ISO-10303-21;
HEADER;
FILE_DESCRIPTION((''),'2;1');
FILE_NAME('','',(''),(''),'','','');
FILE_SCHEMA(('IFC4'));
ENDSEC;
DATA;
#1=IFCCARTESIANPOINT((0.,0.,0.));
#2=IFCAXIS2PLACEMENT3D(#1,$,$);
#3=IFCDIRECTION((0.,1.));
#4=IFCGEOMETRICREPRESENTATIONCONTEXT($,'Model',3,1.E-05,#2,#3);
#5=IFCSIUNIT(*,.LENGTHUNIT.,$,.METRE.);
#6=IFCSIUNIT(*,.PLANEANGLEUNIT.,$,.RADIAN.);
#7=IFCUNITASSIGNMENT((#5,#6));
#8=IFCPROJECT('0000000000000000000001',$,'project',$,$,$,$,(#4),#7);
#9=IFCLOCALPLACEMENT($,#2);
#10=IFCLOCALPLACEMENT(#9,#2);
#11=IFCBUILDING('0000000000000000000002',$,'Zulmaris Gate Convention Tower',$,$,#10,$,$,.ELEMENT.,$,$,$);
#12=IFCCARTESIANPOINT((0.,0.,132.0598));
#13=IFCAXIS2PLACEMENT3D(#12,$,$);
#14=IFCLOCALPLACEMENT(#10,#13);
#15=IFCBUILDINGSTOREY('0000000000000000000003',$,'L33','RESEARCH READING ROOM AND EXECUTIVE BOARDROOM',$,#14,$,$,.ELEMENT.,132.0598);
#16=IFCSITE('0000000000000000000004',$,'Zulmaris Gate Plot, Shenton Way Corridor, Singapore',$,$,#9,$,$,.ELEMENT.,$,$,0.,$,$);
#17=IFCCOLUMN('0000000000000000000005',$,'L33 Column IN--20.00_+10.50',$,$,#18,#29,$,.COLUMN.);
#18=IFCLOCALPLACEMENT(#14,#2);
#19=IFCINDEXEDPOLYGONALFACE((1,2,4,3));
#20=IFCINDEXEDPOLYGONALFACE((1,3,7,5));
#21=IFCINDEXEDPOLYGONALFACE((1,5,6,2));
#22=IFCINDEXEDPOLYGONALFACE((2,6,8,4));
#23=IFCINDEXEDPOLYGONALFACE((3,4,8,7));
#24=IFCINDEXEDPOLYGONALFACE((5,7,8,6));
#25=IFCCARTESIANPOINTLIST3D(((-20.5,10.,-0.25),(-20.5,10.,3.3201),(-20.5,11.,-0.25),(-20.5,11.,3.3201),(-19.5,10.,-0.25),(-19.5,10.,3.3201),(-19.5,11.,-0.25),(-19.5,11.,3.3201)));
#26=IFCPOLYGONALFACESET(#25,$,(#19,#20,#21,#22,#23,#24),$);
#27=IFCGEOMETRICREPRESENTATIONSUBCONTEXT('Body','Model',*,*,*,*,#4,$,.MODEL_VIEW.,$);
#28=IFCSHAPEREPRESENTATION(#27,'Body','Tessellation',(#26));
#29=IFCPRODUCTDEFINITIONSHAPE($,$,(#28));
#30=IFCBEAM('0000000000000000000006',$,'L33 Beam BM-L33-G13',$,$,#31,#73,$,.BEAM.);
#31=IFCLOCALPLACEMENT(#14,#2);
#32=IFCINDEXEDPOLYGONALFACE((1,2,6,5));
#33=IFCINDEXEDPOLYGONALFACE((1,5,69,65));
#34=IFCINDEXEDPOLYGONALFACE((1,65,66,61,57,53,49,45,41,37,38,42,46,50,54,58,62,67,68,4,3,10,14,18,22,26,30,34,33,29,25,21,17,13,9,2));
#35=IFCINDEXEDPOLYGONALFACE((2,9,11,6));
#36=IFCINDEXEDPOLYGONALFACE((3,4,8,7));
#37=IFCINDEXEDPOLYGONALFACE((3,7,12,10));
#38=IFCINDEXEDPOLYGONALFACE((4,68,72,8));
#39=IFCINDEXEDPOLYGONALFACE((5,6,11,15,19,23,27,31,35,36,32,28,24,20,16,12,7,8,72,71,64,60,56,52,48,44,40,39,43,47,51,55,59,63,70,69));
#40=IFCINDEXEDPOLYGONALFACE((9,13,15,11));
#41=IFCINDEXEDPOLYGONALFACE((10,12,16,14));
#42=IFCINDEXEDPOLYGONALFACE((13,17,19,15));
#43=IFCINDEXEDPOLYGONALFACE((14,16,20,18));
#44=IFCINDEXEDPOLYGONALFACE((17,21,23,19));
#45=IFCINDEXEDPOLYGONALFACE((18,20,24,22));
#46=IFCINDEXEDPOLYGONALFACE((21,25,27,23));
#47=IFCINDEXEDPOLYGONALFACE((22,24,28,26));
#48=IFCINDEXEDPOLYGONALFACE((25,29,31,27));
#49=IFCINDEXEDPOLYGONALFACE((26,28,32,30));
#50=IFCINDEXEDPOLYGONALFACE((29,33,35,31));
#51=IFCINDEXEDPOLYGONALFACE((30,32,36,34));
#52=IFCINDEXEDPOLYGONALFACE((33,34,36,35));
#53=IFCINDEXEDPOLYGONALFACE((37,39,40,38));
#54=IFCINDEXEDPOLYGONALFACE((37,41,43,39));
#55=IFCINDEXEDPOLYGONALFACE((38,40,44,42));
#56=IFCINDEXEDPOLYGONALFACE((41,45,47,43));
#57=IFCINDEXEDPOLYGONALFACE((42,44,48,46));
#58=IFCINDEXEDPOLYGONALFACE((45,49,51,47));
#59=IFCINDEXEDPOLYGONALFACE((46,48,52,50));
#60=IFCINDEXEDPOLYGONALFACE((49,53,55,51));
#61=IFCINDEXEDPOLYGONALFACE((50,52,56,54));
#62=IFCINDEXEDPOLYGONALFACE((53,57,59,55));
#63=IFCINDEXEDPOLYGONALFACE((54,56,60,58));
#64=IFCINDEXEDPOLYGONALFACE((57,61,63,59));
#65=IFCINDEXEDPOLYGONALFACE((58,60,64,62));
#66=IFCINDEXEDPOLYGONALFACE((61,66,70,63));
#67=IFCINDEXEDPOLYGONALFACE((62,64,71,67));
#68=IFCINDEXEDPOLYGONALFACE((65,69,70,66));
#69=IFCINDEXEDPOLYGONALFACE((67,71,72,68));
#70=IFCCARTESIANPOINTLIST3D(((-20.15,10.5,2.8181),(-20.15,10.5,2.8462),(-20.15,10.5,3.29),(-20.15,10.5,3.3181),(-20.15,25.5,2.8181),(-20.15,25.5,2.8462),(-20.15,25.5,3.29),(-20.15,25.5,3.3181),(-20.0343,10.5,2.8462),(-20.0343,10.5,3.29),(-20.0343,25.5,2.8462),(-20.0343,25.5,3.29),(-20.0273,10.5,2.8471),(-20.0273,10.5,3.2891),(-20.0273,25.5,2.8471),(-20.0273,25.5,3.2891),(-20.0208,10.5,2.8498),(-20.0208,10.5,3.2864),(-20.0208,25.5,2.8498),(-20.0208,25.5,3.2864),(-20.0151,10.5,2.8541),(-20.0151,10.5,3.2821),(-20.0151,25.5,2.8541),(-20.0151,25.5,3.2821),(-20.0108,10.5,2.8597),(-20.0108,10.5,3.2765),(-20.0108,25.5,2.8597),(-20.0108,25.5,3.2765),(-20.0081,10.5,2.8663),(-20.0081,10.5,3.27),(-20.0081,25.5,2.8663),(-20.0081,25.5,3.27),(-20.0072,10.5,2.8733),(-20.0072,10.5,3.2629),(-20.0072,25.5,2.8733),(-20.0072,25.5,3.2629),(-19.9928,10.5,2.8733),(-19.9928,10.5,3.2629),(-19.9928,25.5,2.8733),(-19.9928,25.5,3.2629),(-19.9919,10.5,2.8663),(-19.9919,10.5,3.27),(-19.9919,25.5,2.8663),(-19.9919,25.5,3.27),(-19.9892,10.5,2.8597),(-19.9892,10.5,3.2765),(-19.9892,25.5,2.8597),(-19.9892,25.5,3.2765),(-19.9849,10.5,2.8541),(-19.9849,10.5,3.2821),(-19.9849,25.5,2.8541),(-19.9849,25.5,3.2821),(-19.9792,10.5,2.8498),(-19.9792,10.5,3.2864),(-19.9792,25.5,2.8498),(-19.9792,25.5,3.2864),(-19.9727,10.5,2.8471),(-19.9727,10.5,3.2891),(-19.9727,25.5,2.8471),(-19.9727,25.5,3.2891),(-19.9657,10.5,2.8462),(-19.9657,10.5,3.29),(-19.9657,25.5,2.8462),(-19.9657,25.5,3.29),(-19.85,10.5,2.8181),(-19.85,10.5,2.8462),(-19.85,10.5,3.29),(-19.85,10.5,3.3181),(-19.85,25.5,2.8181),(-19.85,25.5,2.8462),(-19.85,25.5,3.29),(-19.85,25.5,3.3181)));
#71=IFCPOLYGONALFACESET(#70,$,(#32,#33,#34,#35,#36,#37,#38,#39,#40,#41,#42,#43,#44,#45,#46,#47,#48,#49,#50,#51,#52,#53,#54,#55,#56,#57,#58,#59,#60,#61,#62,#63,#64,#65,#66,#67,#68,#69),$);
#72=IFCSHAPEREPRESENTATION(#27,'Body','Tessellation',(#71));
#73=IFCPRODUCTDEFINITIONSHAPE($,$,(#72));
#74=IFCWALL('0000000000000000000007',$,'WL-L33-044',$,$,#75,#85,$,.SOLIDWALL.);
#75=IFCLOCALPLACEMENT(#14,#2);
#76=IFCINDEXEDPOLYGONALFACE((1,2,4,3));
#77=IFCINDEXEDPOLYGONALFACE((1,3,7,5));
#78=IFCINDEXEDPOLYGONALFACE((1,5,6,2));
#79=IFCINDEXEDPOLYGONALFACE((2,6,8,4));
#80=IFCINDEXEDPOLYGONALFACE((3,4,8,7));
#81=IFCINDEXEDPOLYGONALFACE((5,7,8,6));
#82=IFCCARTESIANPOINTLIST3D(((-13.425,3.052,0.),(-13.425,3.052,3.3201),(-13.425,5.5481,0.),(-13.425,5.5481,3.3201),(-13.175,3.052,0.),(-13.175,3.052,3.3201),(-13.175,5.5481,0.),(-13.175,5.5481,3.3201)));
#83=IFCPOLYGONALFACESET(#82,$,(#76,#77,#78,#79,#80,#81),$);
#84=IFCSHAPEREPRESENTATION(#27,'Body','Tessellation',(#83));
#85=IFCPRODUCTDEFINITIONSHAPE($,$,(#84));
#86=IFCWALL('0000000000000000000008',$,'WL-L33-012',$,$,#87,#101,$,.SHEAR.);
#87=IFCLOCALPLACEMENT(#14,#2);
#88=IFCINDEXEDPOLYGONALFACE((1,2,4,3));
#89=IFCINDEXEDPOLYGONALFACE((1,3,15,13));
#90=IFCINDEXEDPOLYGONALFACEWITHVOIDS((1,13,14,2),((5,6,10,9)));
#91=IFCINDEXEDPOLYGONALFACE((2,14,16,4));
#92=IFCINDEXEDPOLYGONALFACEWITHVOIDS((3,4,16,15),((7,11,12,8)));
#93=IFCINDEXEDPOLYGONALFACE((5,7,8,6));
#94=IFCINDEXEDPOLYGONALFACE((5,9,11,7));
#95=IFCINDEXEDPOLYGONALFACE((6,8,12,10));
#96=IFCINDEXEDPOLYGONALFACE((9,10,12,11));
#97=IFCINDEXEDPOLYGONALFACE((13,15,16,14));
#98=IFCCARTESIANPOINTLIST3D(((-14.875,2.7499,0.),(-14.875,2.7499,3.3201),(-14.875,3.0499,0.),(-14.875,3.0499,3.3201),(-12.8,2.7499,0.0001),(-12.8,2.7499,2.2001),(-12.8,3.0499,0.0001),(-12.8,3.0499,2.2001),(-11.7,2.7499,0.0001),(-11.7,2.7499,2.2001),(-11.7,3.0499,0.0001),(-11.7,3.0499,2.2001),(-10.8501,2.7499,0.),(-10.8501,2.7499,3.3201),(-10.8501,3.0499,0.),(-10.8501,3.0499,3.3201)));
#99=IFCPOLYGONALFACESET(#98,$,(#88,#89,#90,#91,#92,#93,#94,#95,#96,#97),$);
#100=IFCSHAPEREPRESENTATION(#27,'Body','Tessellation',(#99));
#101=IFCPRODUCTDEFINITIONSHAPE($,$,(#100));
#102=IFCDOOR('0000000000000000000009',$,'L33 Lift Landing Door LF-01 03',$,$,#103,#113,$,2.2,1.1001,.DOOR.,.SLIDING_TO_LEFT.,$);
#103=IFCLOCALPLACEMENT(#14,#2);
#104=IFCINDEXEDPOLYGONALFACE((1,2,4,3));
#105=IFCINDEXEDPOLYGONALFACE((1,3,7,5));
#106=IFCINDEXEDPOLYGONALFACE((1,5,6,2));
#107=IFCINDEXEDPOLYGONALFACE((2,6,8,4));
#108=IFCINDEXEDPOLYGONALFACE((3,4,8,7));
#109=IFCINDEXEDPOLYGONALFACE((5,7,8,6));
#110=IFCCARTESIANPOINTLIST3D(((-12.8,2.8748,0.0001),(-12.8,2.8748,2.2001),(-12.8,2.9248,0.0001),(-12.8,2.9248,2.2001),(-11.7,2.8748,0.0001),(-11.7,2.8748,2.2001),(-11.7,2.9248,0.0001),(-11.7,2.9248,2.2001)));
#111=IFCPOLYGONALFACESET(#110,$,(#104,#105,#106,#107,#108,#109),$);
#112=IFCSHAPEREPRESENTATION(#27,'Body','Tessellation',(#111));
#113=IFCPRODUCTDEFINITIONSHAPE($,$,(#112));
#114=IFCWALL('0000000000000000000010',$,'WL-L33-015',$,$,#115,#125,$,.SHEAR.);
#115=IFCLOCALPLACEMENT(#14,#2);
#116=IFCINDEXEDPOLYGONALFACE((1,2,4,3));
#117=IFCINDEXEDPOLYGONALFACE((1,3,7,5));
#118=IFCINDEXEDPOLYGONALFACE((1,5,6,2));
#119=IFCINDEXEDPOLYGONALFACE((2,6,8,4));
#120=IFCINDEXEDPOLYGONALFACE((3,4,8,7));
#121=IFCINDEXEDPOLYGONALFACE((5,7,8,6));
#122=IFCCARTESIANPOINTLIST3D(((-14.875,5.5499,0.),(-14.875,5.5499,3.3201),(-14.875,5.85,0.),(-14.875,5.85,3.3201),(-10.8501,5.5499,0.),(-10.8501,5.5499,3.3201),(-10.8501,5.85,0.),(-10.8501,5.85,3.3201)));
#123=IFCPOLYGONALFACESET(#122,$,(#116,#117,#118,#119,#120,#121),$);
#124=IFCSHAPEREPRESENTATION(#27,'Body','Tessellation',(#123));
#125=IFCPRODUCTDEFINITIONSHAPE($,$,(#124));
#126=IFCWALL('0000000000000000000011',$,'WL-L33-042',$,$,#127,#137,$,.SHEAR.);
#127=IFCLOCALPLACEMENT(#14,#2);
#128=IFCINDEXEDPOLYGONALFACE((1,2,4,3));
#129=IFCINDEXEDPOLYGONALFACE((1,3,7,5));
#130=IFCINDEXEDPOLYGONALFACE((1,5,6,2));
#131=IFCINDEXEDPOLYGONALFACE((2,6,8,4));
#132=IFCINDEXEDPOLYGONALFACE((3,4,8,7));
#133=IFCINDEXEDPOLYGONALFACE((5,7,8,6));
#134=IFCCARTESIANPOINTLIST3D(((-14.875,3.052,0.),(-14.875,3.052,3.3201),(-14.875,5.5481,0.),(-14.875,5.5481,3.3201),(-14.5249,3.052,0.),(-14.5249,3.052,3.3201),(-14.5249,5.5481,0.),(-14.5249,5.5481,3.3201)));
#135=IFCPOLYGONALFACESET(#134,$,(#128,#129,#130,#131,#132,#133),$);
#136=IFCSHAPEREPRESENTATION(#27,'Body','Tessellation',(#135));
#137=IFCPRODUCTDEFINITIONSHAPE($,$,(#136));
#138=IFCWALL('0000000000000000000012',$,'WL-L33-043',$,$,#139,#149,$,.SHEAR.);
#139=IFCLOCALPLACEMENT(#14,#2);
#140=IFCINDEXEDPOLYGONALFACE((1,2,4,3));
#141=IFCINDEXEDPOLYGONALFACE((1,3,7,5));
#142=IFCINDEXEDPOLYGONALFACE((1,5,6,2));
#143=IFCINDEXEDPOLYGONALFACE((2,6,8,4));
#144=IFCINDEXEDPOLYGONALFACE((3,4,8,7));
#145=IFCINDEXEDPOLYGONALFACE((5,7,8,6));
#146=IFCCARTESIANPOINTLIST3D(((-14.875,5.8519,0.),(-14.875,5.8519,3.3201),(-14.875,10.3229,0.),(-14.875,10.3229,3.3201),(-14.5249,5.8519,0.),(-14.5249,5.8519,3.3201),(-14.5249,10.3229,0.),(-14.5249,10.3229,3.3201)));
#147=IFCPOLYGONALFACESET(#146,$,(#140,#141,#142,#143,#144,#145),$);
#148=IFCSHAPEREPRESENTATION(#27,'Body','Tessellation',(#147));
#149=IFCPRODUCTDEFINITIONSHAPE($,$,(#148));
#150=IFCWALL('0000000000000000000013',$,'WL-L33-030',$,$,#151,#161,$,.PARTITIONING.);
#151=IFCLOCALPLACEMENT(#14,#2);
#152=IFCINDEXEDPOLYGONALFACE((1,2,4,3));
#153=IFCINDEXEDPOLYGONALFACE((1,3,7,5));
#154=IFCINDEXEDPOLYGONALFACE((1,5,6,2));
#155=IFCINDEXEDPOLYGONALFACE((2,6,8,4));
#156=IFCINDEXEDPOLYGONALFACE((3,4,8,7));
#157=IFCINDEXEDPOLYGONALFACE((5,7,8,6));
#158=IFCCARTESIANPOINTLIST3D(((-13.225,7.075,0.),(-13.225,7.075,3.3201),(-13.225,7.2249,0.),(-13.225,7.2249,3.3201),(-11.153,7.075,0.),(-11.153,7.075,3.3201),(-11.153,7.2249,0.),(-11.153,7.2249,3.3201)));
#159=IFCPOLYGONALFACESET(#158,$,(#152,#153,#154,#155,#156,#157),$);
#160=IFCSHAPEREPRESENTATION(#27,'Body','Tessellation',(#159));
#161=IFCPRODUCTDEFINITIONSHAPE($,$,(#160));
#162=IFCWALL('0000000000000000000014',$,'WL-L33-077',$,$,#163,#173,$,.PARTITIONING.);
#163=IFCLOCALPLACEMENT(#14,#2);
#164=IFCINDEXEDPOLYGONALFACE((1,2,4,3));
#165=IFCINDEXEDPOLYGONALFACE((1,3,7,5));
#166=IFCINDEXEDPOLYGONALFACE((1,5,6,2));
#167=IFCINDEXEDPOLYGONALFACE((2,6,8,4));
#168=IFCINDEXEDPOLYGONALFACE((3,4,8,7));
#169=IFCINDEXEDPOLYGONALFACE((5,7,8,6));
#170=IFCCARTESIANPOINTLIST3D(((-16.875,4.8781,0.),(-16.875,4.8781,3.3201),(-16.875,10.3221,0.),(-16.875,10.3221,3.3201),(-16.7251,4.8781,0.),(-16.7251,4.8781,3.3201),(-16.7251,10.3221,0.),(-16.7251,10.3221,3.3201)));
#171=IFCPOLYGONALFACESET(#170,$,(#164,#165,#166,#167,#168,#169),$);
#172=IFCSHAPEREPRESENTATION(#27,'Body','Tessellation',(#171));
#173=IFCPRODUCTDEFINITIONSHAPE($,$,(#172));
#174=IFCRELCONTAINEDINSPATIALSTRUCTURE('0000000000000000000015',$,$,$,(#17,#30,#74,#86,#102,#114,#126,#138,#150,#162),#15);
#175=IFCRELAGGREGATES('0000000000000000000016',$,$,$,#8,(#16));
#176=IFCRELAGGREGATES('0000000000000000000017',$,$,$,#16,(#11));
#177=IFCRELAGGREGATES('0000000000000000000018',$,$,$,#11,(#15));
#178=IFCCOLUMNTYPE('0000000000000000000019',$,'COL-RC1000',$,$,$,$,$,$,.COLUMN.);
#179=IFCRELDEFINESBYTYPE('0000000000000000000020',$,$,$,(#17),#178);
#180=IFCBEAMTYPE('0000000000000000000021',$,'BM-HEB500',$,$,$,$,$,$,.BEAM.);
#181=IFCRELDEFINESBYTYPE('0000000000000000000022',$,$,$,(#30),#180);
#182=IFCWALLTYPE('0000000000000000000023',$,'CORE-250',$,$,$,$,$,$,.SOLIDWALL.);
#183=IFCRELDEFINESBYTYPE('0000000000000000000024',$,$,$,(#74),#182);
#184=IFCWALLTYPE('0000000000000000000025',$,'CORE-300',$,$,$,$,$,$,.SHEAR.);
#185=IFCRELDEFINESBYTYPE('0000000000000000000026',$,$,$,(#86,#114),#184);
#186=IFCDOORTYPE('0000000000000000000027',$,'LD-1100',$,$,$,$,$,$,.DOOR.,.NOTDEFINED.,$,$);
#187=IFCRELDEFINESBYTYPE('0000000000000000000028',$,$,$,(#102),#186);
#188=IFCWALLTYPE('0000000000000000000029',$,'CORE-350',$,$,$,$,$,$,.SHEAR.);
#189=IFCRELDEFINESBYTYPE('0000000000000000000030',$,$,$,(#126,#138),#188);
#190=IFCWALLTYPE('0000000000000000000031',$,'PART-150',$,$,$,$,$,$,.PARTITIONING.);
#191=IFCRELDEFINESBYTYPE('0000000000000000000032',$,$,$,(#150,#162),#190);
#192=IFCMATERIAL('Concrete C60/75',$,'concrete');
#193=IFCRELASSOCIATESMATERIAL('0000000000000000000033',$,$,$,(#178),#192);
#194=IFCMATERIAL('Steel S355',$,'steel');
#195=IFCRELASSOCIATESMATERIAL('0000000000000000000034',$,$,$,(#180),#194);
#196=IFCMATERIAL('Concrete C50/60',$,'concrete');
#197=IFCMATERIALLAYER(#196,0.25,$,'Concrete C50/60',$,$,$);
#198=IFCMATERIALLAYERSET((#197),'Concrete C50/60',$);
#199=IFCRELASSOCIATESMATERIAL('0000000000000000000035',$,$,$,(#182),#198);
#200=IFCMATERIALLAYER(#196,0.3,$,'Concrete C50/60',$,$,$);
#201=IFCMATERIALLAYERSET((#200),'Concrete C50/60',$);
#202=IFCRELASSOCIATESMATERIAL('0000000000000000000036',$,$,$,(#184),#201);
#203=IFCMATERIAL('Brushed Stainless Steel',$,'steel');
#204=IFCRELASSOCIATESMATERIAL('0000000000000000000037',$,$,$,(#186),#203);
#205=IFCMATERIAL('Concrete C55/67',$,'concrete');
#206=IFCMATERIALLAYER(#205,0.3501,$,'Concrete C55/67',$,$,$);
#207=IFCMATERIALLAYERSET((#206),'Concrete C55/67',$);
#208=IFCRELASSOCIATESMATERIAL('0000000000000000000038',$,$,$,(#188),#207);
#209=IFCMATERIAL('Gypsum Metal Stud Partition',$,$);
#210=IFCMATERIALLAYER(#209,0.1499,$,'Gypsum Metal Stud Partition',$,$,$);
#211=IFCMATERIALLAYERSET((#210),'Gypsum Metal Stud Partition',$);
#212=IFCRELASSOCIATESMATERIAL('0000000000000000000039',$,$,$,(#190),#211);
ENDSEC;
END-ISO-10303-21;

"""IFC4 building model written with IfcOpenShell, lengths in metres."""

from ifc_helpers import new_model, si_unit, direction, frame, frame_2d, origin, origin_2d, place, context, subcontext, project, spatial, rectangle, i_section, extrude, material, layer, layer_set, material_profile, profile_set, type_object, element, fill, save


model = new_model("IFC4")

# Units and contexts
model_context = context("Model", 3, precision=1e-05, world=origin(), true_north=direction((0.0, 1.0)))
body_context = subcontext(model_context, "Body", "Model", "MODEL_VIEW")
ifc_project = project(units=[si_unit("LENGTHUNIT", "METRE"), si_unit("PLANEANGLEUNIT", "RADIAN")], contexts=[model_context])

# Site, building, storey
site_placement = place(None, origin())
site = spatial("IfcSite", under=ifc_project, at=site_placement, Name="Zulmaris Gate Plot, Shenton Way Corridor, Singapore", CompositionType="ELEMENT", RefElevation=0.0)
building_placement = place(site_placement, origin())
building = spatial("IfcBuilding", under=site, at=building_placement, Name="Zulmaris Gate Convention Tower", CompositionType="ELEMENT")
storey_placement = place(building_placement, frame((0.0, 0.0, 132.0598)))
storey = spatial("IfcBuildingStorey", under=building, at=storey_placement, Name="L33", Description="RESEARCH READING ROOM AND EXECUTIVE BOARDROOM", CompositionType="ELEMENT", Elevation=132.0598)

# Column
ifc_material_1 = material(Name="Concrete C60/75", Category="concrete")
ifc_material_profile_1 = material_profile(ifc_material_1, rectangle(XDim=1.0, YDim=1.0, at=origin_2d()), Name="RC COL 1000x1000")
ifc_profile_set_1 = profile_set([ifc_material_profile_1], Name="Concrete C60/75")
column_type = type_object("IfcColumnType", Name="COL-RC1000", PredefinedType="COLUMN", material=ifc_profile_set_1)
column_placement = place(storey_placement, frame((-20.0, 10.5, -0.25), z_axis=(0.0, 0.0, 1.0), x_axis=(1.0, 0.0, 0.0)))
element("IfcColumn", 1, at=column_placement, inside=storey, type_object=column_type, Name="L33 Column IN--20.00_+10.50", PredefinedType="COLUMN", context=body_context, shape_type="SweptSolid", body=[
    extrude(rectangle(XDim=1.0, YDim=1.0, at=origin_2d()), origin(), (0.0, 0.0, 1.0), 3.5701),
])

# Beam
ifc_material_2 = material(Name="Steel S355", Category="steel")
ifc_material_profile_2 = material_profile(ifc_material_2, i_section(OverallWidth=0.3, OverallDepth=0.5, WebThickness=0.0144, FlangeThickness=0.0281, FilletRadius=0.0271, at=origin_2d()), Name="HEB 500")
ifc_profile_set_2 = profile_set([ifc_material_profile_2], Name="Steel S355")
beam_type = type_object("IfcBeamType", Name="BM-HEB500", PredefinedType="BEAM", material=ifc_profile_set_2)
beam_placement = place(storey_placement, frame((-20.0, 10.5, 3.0681), z_axis=(0.0, 1.0, 0.0), x_axis=(-1.0, 0.0, 0.0)))
element("IfcBeam", 2, at=beam_placement, inside=storey, type_object=beam_type, Name="L33 Beam BM-L33-G13", PredefinedType="BEAM", context=body_context, shape_type="SweptSolid", body=[
    extrude(i_section(OverallWidth=0.3, OverallDepth=0.5, WebThickness=0.0144, FlangeThickness=0.0281, FilletRadius=0.0271, at=origin_2d()), origin(), (0.0, 0.0, 1.0), 15.0),
])

# Wall
ifc_material_3 = material(Name="Concrete C50/60", Category="concrete")
ifc_layer_1 = layer(ifc_material_3, 0.25, Name="Concrete C50/60")
ifc_layer_set_1 = layer_set([ifc_layer_1], Name="Concrete C50/60")
wall_type_1 = type_object("IfcWallType", Name="CORE-250", PredefinedType="SOLIDWALL", material=ifc_layer_set_1)
wall_1_placement = place(storey_placement, frame((-13.3, 3.052, 0.0), z_axis=(0.0, 0.0, 1.0), x_axis=(0.0, 1.0, 0.0)))
element("IfcWall", 3, at=wall_1_placement, inside=storey, type_object=wall_type_1, Name="WL-L33-044", PredefinedType="SOLIDWALL", context=body_context, shape_type="SweptSolid", body=[
    extrude(rectangle(XDim=2.4961, YDim=0.25, at=frame_2d((1.248, 0.0))), origin(), (0.0, 0.0, 1.0), 3.3201),
])

# Wall, opening, door
ifc_layer_2 = layer(ifc_material_3, 0.3, Name="Concrete C50/60")
ifc_layer_set_2 = layer_set([ifc_layer_2], Name="Concrete C50/60")
wall_type_2 = type_object("IfcWallType", Name="CORE-300", PredefinedType="SHEAR", material=ifc_layer_set_2)
wall_2_placement = place(storey_placement, frame((-14.875, 2.8999, 0.0), z_axis=(0.0, 0.0, 1.0), x_axis=(1.0, 0.0, 0.0)))
wall_2 = element("IfcWall", 4, at=wall_2_placement, inside=storey, type_object=wall_type_2, Name="WL-L33-012", PredefinedType="SHEAR", context=body_context, shape_type="SweptSolid", body=[
    extrude(rectangle(XDim=4.0249, YDim=0.3, at=frame_2d((2.0125, 0.0))), origin(), (0.0, 0.0, 1.0), 3.3201),
])
opening_1_placement = place(wall_2_placement, frame((2.075, 0.0, 0.0)))
opening_1 = element("IfcOpeningElement", 5, at=opening_1_placement, cuts=wall_2, PredefinedType="OPENING", context=body_context, shape_type="SweptSolid", body=[
    extrude(rectangle(XDim=1.1001, YDim=2.2, at=frame_2d((0.55, 1.1001))), frame((0.0, 0.1602, 0.0), z_axis=(0.0, -1.0, 0.0), x_axis=(1.0, 0.0, 0.0)), (0.0, 0.0, 1.0), 0.3201),
])
ifc_material_4 = material(Name="Brushed Stainless Steel", Category="steel")
door_type_1 = type_object("IfcDoorType", Name="LD-1100", OperationType="NOTDEFINED", PredefinedType="DOOR", material=ifc_material_4)
door_1_placement = place(opening_1_placement, origin())
door_1 = element("IfcDoor", 6, at=door_1_placement, inside=storey, type_object=door_type_1, Name="L33 Lift Landing Door LF-01 03", OperationType="SLIDING_TO_LEFT", OverallHeight=2.2, OverallWidth=1.1001, PredefinedType="DOOR", context=body_context, shape_type="SweptSolid", body=[
    extrude(rectangle(XDim=1.1001, YDim=2.2, at=frame_2d((0.55, 1.1001))), frame((0.0, 0.0249, 0.0), z_axis=(0.0, -1.0, 0.0), x_axis=(1.0, 0.0, 0.0)), (0.0, 0.0, 1.0), 0.05),
])
fill(opening_1, door_1)

# Wall
wall_3_placement = place(storey_placement, frame((-14.875, 5.7, 0.0), z_axis=(0.0, 0.0, 1.0), x_axis=(1.0, 0.0, 0.0)))
element("IfcWall", 7, at=wall_3_placement, inside=storey, type_object=wall_type_2, Name="WL-L33-015", PredefinedType="SHEAR", context=body_context, shape_type="SweptSolid", body=[
    extrude(rectangle(XDim=4.0249, YDim=0.3, at=frame_2d((2.0125, 0.0))), origin(), (0.0, 0.0, 1.0), 3.3201),
])

# Walls
ifc_material_5 = material(Name="Concrete C55/67", Category="concrete")
ifc_layer_3 = layer(ifc_material_5, 0.3501, Name="Concrete C55/67")
ifc_layer_set_3 = layer_set([ifc_layer_3], Name="Concrete C55/67")
wall_type_3 = type_object("IfcWallType", Name="CORE-350", PredefinedType="SHEAR", material=ifc_layer_set_3)
wall_4_placement = place(storey_placement, frame((-14.7, 3.052, 0.0), z_axis=(0.0, 0.0, 1.0), x_axis=(0.0, 1.0, 0.0)))
element("IfcWall", 8, at=wall_4_placement, inside=storey, type_object=wall_type_3, Name="WL-L33-042", PredefinedType="SHEAR", context=body_context, shape_type="SweptSolid", body=[
    extrude(rectangle(XDim=2.4961, YDim=0.3501, at=frame_2d((1.248, 0.0))), origin(), (0.0, 0.0, 1.0), 3.3201),
])
wall_5_placement = place(storey_placement, frame((-14.7, 5.8521, 0.0), z_axis=(0.0, 0.0, 1.0), x_axis=(0.0, 1.0, 0.0)))
element("IfcWall", 9, at=wall_5_placement, inside=storey, type_object=wall_type_3, Name="WL-L33-043", PredefinedType="SHEAR", context=body_context, shape_type="SweptSolid", body=[
    extrude(rectangle(XDim=4.4709, YDim=0.3501, at=frame_2d((2.2354, 0.0))), origin(), (0.0, 0.0, 1.0), 3.3201),
])

# Shared definitions
ifc_material_6 = material(Name="Gypsum Metal Stud Partition")
ifc_layer_4 = layer(ifc_material_6, 0.1499, Name="Gypsum Metal Stud Partition")
ifc_layer_set_4 = layer_set([ifc_layer_4], Name="Gypsum Metal Stud Partition")
wall_type_4 = type_object("IfcWallType", Name="PART-150", PredefinedType="PARTITIONING", material=ifc_layer_set_4)

# Walls
wall_6_placement = place(storey_placement, frame((-13.2251, 7.1499, 0.0), z_axis=(0.0, 0.0, 1.0), x_axis=(1.0, 0.0, 0.0)))
element("IfcWall", 10, at=wall_6_placement, inside=storey, type_object=wall_type_4, Name="WL-L33-030", PredefinedType="PARTITIONING", context=body_context, shape_type="SweptSolid", body=[
    extrude(rectangle(XDim=2.072, YDim=0.1499, at=frame_2d((1.0361, 0.0))), origin(), (0.0, 0.0, 1.0), 3.3201),
])
wall_7_placement = place(storey_placement, frame((-16.8, 4.8779, 0.0), z_axis=(0.0, 0.0, 1.0), x_axis=(0.0, 1.0, 0.0)))
element("IfcWall", 11, at=wall_7_placement, inside=storey, type_object=wall_type_4, Name="WL-L33-077", PredefinedType="PARTITIONING", context=body_context, shape_type="SweptSolid", body=[
    extrude(rectangle(XDim=5.4441, YDim=0.1499, at=frame_2d((2.7222, 0.0))), origin(), (0.0, 0.0, 1.0), 3.3201),
])

save(model, "model.ifc")
